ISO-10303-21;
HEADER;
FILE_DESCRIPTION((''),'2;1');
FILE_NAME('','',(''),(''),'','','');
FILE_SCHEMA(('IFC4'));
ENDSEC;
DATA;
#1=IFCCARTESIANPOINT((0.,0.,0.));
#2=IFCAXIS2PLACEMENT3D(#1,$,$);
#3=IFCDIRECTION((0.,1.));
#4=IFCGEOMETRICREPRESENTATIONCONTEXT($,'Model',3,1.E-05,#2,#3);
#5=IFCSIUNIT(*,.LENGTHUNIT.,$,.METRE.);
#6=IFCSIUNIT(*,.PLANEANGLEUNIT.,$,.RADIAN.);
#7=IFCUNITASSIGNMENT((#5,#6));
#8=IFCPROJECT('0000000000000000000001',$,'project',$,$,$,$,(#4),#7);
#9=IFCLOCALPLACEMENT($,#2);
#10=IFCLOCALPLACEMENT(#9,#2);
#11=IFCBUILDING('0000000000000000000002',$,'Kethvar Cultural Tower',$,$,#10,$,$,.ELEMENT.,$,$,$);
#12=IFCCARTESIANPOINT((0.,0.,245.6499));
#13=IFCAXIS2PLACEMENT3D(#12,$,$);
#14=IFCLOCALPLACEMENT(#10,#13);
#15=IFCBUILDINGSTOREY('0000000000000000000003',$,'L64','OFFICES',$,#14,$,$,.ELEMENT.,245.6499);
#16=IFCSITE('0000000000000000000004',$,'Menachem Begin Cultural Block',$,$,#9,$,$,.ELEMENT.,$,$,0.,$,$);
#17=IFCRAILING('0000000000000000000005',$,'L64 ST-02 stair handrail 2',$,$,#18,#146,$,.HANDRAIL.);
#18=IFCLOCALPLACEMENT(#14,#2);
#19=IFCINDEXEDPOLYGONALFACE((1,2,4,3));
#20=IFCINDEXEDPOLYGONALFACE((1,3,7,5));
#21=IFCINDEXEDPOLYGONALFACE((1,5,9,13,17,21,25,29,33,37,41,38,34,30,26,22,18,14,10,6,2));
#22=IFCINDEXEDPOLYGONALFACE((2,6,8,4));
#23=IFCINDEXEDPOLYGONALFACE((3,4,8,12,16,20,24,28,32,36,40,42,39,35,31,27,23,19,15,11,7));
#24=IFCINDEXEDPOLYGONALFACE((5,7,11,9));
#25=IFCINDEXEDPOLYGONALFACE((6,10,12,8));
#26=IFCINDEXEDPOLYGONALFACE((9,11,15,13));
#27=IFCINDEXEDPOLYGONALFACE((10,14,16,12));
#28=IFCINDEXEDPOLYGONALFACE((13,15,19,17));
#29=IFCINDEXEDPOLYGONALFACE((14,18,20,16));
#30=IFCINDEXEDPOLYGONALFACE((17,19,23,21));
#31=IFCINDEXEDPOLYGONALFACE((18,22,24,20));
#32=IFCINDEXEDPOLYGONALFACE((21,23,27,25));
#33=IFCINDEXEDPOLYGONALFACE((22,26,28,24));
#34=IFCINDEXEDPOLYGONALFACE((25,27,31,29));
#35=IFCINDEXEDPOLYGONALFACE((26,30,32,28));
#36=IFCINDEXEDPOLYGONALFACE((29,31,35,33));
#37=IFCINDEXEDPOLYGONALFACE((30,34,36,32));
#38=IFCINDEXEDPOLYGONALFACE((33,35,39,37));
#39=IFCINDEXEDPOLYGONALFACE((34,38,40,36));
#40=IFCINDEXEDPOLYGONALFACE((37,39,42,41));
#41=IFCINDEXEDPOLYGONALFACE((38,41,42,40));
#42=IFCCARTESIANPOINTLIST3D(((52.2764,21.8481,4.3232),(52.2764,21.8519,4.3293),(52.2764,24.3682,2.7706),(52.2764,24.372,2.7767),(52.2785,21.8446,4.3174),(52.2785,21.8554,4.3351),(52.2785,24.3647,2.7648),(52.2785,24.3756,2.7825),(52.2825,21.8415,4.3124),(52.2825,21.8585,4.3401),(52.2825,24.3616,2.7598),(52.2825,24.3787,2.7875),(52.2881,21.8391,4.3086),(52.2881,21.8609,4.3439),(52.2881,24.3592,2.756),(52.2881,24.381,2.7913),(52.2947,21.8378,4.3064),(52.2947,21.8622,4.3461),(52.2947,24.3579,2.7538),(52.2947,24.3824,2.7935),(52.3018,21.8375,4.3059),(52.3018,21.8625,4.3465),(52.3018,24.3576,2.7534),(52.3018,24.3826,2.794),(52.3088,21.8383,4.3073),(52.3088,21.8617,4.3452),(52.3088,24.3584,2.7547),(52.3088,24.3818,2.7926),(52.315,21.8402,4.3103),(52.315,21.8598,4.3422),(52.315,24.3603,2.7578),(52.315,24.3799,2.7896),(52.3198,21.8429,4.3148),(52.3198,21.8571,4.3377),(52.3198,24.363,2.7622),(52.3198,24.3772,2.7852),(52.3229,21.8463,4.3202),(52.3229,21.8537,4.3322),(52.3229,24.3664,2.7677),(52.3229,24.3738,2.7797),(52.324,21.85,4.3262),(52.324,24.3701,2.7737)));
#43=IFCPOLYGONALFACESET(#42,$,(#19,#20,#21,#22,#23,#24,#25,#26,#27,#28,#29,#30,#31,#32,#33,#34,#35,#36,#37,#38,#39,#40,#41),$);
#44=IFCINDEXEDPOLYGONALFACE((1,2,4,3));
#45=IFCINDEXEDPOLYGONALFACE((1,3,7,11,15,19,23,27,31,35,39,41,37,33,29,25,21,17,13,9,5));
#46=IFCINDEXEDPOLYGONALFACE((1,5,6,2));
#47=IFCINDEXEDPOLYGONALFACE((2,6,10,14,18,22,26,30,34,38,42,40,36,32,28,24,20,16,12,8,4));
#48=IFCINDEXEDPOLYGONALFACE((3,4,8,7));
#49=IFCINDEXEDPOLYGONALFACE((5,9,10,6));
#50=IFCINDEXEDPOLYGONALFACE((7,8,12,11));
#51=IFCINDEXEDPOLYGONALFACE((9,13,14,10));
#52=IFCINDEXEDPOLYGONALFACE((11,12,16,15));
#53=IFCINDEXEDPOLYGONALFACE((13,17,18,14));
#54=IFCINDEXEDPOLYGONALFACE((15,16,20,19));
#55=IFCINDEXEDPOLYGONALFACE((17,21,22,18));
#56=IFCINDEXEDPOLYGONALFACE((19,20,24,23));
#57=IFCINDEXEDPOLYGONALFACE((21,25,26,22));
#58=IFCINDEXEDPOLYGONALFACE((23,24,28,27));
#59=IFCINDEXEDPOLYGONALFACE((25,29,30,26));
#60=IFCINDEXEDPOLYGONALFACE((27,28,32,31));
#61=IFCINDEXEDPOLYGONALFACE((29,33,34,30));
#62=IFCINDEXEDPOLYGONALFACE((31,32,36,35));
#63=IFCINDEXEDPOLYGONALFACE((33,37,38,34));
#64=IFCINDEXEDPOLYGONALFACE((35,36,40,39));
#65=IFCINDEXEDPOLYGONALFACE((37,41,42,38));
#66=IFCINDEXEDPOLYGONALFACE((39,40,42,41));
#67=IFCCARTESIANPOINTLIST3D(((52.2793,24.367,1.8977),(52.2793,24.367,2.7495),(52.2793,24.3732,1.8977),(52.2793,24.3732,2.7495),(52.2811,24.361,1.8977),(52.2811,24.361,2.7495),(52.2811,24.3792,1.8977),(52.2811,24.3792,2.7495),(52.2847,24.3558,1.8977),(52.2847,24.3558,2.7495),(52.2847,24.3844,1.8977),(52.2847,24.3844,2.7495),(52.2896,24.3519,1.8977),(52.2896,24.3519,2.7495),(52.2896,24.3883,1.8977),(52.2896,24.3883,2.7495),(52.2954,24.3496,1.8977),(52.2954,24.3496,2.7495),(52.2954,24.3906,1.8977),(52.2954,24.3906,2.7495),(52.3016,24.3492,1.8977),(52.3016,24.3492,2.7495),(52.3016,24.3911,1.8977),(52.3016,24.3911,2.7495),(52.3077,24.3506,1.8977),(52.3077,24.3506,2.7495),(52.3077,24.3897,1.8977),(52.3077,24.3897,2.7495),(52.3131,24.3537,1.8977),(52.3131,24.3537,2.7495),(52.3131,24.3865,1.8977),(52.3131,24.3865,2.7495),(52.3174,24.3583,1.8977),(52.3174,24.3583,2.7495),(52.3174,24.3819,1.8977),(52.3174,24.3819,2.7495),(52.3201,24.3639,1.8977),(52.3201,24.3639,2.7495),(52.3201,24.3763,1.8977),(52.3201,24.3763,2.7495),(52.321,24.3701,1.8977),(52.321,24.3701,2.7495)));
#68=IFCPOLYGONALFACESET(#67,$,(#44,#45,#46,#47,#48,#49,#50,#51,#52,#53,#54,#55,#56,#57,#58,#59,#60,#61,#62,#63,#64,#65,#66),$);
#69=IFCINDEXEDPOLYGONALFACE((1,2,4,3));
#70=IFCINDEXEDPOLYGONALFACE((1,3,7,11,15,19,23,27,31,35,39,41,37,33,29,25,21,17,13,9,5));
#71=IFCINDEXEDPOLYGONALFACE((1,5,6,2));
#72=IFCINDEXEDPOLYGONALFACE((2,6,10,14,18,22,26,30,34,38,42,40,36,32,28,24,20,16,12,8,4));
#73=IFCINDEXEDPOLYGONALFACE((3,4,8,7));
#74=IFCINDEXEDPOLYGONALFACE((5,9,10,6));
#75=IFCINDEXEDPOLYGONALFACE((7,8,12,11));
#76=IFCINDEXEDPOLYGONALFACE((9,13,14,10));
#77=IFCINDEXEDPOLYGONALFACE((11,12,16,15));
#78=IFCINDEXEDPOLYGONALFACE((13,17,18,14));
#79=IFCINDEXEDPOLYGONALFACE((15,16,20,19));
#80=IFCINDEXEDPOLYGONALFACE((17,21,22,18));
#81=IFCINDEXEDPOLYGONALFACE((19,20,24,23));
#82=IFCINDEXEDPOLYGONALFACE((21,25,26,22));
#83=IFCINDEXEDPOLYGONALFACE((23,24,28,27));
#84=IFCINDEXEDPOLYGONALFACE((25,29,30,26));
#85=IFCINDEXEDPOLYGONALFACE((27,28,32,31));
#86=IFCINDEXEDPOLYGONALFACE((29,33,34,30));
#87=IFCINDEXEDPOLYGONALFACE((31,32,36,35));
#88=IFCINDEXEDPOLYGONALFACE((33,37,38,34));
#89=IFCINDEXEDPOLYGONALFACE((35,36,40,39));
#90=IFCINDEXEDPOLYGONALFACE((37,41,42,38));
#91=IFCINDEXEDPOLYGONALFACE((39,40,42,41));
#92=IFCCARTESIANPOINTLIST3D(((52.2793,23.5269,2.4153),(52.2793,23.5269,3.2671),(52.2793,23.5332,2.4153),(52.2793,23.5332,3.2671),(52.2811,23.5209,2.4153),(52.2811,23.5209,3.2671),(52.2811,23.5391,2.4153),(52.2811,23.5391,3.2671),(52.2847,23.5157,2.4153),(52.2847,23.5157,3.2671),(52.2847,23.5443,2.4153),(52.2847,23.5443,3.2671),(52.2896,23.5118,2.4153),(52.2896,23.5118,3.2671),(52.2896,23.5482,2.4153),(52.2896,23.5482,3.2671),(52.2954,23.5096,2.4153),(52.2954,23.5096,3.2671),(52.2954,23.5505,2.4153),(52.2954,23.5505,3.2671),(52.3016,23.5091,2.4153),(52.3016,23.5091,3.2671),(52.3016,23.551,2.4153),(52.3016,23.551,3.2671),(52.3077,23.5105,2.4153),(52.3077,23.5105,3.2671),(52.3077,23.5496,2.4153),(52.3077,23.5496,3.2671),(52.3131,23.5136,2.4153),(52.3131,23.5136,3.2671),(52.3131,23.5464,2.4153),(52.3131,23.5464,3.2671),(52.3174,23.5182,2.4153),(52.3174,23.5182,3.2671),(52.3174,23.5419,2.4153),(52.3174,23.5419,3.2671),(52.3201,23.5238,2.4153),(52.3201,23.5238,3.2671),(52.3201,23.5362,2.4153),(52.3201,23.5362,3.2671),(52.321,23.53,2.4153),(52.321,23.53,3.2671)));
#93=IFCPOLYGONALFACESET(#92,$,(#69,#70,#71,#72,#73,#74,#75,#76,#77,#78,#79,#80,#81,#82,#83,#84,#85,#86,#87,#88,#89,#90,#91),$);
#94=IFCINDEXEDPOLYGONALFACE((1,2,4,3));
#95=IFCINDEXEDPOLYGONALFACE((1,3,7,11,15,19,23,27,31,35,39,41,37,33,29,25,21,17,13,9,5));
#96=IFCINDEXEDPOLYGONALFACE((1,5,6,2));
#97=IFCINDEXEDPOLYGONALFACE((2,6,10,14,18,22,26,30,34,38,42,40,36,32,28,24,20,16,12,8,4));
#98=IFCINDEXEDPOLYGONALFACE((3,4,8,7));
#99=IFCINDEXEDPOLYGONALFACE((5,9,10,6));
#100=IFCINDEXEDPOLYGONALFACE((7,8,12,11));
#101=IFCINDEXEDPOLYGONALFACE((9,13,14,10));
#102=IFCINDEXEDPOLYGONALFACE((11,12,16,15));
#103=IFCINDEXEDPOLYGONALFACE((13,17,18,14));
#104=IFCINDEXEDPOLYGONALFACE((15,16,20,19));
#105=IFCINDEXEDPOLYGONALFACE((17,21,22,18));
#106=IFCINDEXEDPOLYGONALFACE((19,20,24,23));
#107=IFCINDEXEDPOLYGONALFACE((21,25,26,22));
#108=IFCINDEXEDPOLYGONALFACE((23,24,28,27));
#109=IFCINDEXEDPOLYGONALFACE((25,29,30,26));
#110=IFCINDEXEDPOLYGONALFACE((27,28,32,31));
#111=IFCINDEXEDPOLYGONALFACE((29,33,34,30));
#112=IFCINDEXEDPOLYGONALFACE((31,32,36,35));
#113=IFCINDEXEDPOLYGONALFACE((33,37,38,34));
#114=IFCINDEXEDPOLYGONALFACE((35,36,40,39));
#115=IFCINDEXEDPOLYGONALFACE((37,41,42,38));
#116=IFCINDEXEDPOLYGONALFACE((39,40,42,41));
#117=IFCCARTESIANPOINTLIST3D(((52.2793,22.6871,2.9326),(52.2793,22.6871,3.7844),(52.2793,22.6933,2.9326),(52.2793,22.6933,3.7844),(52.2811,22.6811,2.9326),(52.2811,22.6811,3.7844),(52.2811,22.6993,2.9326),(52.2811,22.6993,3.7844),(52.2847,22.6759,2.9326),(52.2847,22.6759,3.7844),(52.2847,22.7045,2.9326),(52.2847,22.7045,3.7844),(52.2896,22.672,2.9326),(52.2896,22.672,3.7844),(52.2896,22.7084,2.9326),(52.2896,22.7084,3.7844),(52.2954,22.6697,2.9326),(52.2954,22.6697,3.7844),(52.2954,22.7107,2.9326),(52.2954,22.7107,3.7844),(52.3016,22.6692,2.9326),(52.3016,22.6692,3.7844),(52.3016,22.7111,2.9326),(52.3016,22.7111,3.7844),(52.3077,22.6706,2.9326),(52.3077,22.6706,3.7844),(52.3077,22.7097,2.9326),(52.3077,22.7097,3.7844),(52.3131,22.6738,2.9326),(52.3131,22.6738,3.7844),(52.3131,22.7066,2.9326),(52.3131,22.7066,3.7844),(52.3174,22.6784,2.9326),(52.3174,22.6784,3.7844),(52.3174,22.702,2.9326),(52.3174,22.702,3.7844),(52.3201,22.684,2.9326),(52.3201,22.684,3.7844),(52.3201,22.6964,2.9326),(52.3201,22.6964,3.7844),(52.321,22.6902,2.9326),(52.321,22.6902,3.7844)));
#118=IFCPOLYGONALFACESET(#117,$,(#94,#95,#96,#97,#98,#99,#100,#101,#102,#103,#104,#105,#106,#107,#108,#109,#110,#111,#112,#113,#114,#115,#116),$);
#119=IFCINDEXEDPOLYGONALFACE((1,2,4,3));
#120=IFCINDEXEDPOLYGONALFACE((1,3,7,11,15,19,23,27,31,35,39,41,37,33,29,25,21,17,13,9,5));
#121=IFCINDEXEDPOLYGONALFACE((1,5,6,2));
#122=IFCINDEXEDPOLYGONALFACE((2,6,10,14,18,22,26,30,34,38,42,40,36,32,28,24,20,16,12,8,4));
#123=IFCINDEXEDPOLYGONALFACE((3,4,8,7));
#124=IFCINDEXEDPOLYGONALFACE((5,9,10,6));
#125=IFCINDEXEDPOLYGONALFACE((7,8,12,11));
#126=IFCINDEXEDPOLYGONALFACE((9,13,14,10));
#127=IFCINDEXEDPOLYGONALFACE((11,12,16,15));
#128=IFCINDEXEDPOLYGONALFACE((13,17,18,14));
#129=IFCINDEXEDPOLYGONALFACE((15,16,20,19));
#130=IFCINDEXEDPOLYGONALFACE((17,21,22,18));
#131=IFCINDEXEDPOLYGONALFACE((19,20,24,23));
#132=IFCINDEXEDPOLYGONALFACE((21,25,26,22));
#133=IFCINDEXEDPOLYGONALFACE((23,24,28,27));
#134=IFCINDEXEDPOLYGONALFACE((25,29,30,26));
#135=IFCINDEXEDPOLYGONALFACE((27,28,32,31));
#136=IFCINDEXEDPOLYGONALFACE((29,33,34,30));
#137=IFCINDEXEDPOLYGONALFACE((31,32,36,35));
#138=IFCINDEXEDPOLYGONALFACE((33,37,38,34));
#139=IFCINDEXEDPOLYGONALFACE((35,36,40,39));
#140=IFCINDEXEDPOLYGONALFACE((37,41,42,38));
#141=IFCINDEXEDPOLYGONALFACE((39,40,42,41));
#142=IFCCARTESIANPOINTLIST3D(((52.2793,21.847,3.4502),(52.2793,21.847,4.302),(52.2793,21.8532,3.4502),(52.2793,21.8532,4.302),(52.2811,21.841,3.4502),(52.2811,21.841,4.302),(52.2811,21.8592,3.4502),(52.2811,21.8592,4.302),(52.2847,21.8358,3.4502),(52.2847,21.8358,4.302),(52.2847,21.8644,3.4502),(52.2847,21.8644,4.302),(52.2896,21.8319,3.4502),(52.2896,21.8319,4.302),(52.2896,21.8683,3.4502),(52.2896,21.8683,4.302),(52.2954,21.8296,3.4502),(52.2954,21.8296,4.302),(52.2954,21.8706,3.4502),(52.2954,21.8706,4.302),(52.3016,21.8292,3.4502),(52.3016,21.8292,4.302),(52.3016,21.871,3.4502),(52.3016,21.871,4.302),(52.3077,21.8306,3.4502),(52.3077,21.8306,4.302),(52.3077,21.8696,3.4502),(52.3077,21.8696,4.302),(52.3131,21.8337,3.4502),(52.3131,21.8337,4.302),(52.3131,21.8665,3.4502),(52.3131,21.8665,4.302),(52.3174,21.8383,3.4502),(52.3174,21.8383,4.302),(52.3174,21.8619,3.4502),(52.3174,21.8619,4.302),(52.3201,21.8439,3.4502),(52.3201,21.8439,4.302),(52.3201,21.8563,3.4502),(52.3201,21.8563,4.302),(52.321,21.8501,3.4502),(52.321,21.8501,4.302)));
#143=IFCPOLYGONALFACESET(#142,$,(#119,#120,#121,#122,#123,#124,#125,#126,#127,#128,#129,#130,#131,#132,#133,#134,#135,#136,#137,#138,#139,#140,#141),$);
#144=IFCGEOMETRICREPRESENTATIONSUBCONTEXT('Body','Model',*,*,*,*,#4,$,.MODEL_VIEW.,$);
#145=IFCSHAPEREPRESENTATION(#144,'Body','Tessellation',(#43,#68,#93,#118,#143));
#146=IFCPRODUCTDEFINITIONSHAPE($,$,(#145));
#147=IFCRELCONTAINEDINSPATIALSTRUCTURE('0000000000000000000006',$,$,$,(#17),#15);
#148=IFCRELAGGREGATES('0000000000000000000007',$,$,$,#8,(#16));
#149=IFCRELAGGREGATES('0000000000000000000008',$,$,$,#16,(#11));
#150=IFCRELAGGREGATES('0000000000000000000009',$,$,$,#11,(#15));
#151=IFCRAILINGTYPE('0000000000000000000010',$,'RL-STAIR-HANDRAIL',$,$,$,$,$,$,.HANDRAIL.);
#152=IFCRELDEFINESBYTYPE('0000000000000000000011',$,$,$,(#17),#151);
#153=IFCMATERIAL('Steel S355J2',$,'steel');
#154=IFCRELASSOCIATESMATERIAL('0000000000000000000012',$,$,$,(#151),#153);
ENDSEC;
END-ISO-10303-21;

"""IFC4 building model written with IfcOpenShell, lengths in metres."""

from ifc_helpers import new_model, si_unit, direction, frame, origin, origin_2d, place, context, subcontext, project, spatial, circle, extrude, material, type_object, element, save


model = new_model("IFC4")

# Units and contexts
model_context = context("Model", 3, precision=1e-05, world=origin(), true_north=direction((0.0, 1.0)))
body_context = subcontext(model_context, "Body", "Model", "MODEL_VIEW")
ifc_project = project(units=[si_unit("LENGTHUNIT", "METRE"), si_unit("PLANEANGLEUNIT", "RADIAN")], contexts=[model_context])

# Site, building, storey
site_placement = place(None, origin())
site = spatial("IfcSite", under=ifc_project, at=site_placement, Name="Menachem Begin Cultural Block", CompositionType="ELEMENT", RefElevation=0.0)
building_placement = place(site_placement, origin())
building = spatial("IfcBuilding", under=site, at=building_placement, Name="Kethvar Cultural Tower", CompositionType="ELEMENT")
storey_placement = place(building_placement, frame((0.0, 0.0, 245.6499)))
storey = spatial("IfcBuildingStorey", under=building, at=storey_placement, Name="L64", Description="OFFICES", CompositionType="ELEMENT", Elevation=245.6499)

# Shared definitions
ifc_material_1 = material(Name="Steel S355J2", Category="steel")

# Railing
railing_type_1 = type_object("IfcRailingType", Name="RL-STAIR-HANDRAIL", PredefinedType="HANDRAIL", material=ifc_material_1)
railing_1_placement = place(storey_placement, frame((52.3, 24.3701, 1.8977)))
element("IfcRailing", 1, at=railing_1_placement, inside=storey, type_object=railing_type_1, Name="L64 ST-02 stair handrail 2", PredefinedType="HANDRAIL", context=body_context, shape_type="SweptSolid", body=[
    extrude(circle(Radius=0.0239, at=origin_2d()), frame((0.0, 0.0, 0.876), z_axis=(0.0, -0.8514, 0.524516), x_axis=(1.0, 0.0, 0.0)), (0.0, 0.0, 1.0), 2.96),
    extrude(circle(Radius=0.021, at=origin_2d()), origin(), (0.0, 0.0, 1.0), 0.8518),
    extrude(circle(Radius=0.021, at=origin_2d()), frame((0.0, -0.8401, 0.5176)), (0.0, 0.0, 1.0), 0.8518),
    extrude(circle(Radius=0.021, at=origin_2d()), frame((0.0, -1.6799, 1.0349)), (0.0, 0.0, 1.0), 0.8518),
    extrude(circle(Radius=0.021, at=origin_2d()), frame((0.0, -2.52, 1.5525)), (0.0, 0.0, 1.0), 0.8518),
])

save(model, "model.ifc")
